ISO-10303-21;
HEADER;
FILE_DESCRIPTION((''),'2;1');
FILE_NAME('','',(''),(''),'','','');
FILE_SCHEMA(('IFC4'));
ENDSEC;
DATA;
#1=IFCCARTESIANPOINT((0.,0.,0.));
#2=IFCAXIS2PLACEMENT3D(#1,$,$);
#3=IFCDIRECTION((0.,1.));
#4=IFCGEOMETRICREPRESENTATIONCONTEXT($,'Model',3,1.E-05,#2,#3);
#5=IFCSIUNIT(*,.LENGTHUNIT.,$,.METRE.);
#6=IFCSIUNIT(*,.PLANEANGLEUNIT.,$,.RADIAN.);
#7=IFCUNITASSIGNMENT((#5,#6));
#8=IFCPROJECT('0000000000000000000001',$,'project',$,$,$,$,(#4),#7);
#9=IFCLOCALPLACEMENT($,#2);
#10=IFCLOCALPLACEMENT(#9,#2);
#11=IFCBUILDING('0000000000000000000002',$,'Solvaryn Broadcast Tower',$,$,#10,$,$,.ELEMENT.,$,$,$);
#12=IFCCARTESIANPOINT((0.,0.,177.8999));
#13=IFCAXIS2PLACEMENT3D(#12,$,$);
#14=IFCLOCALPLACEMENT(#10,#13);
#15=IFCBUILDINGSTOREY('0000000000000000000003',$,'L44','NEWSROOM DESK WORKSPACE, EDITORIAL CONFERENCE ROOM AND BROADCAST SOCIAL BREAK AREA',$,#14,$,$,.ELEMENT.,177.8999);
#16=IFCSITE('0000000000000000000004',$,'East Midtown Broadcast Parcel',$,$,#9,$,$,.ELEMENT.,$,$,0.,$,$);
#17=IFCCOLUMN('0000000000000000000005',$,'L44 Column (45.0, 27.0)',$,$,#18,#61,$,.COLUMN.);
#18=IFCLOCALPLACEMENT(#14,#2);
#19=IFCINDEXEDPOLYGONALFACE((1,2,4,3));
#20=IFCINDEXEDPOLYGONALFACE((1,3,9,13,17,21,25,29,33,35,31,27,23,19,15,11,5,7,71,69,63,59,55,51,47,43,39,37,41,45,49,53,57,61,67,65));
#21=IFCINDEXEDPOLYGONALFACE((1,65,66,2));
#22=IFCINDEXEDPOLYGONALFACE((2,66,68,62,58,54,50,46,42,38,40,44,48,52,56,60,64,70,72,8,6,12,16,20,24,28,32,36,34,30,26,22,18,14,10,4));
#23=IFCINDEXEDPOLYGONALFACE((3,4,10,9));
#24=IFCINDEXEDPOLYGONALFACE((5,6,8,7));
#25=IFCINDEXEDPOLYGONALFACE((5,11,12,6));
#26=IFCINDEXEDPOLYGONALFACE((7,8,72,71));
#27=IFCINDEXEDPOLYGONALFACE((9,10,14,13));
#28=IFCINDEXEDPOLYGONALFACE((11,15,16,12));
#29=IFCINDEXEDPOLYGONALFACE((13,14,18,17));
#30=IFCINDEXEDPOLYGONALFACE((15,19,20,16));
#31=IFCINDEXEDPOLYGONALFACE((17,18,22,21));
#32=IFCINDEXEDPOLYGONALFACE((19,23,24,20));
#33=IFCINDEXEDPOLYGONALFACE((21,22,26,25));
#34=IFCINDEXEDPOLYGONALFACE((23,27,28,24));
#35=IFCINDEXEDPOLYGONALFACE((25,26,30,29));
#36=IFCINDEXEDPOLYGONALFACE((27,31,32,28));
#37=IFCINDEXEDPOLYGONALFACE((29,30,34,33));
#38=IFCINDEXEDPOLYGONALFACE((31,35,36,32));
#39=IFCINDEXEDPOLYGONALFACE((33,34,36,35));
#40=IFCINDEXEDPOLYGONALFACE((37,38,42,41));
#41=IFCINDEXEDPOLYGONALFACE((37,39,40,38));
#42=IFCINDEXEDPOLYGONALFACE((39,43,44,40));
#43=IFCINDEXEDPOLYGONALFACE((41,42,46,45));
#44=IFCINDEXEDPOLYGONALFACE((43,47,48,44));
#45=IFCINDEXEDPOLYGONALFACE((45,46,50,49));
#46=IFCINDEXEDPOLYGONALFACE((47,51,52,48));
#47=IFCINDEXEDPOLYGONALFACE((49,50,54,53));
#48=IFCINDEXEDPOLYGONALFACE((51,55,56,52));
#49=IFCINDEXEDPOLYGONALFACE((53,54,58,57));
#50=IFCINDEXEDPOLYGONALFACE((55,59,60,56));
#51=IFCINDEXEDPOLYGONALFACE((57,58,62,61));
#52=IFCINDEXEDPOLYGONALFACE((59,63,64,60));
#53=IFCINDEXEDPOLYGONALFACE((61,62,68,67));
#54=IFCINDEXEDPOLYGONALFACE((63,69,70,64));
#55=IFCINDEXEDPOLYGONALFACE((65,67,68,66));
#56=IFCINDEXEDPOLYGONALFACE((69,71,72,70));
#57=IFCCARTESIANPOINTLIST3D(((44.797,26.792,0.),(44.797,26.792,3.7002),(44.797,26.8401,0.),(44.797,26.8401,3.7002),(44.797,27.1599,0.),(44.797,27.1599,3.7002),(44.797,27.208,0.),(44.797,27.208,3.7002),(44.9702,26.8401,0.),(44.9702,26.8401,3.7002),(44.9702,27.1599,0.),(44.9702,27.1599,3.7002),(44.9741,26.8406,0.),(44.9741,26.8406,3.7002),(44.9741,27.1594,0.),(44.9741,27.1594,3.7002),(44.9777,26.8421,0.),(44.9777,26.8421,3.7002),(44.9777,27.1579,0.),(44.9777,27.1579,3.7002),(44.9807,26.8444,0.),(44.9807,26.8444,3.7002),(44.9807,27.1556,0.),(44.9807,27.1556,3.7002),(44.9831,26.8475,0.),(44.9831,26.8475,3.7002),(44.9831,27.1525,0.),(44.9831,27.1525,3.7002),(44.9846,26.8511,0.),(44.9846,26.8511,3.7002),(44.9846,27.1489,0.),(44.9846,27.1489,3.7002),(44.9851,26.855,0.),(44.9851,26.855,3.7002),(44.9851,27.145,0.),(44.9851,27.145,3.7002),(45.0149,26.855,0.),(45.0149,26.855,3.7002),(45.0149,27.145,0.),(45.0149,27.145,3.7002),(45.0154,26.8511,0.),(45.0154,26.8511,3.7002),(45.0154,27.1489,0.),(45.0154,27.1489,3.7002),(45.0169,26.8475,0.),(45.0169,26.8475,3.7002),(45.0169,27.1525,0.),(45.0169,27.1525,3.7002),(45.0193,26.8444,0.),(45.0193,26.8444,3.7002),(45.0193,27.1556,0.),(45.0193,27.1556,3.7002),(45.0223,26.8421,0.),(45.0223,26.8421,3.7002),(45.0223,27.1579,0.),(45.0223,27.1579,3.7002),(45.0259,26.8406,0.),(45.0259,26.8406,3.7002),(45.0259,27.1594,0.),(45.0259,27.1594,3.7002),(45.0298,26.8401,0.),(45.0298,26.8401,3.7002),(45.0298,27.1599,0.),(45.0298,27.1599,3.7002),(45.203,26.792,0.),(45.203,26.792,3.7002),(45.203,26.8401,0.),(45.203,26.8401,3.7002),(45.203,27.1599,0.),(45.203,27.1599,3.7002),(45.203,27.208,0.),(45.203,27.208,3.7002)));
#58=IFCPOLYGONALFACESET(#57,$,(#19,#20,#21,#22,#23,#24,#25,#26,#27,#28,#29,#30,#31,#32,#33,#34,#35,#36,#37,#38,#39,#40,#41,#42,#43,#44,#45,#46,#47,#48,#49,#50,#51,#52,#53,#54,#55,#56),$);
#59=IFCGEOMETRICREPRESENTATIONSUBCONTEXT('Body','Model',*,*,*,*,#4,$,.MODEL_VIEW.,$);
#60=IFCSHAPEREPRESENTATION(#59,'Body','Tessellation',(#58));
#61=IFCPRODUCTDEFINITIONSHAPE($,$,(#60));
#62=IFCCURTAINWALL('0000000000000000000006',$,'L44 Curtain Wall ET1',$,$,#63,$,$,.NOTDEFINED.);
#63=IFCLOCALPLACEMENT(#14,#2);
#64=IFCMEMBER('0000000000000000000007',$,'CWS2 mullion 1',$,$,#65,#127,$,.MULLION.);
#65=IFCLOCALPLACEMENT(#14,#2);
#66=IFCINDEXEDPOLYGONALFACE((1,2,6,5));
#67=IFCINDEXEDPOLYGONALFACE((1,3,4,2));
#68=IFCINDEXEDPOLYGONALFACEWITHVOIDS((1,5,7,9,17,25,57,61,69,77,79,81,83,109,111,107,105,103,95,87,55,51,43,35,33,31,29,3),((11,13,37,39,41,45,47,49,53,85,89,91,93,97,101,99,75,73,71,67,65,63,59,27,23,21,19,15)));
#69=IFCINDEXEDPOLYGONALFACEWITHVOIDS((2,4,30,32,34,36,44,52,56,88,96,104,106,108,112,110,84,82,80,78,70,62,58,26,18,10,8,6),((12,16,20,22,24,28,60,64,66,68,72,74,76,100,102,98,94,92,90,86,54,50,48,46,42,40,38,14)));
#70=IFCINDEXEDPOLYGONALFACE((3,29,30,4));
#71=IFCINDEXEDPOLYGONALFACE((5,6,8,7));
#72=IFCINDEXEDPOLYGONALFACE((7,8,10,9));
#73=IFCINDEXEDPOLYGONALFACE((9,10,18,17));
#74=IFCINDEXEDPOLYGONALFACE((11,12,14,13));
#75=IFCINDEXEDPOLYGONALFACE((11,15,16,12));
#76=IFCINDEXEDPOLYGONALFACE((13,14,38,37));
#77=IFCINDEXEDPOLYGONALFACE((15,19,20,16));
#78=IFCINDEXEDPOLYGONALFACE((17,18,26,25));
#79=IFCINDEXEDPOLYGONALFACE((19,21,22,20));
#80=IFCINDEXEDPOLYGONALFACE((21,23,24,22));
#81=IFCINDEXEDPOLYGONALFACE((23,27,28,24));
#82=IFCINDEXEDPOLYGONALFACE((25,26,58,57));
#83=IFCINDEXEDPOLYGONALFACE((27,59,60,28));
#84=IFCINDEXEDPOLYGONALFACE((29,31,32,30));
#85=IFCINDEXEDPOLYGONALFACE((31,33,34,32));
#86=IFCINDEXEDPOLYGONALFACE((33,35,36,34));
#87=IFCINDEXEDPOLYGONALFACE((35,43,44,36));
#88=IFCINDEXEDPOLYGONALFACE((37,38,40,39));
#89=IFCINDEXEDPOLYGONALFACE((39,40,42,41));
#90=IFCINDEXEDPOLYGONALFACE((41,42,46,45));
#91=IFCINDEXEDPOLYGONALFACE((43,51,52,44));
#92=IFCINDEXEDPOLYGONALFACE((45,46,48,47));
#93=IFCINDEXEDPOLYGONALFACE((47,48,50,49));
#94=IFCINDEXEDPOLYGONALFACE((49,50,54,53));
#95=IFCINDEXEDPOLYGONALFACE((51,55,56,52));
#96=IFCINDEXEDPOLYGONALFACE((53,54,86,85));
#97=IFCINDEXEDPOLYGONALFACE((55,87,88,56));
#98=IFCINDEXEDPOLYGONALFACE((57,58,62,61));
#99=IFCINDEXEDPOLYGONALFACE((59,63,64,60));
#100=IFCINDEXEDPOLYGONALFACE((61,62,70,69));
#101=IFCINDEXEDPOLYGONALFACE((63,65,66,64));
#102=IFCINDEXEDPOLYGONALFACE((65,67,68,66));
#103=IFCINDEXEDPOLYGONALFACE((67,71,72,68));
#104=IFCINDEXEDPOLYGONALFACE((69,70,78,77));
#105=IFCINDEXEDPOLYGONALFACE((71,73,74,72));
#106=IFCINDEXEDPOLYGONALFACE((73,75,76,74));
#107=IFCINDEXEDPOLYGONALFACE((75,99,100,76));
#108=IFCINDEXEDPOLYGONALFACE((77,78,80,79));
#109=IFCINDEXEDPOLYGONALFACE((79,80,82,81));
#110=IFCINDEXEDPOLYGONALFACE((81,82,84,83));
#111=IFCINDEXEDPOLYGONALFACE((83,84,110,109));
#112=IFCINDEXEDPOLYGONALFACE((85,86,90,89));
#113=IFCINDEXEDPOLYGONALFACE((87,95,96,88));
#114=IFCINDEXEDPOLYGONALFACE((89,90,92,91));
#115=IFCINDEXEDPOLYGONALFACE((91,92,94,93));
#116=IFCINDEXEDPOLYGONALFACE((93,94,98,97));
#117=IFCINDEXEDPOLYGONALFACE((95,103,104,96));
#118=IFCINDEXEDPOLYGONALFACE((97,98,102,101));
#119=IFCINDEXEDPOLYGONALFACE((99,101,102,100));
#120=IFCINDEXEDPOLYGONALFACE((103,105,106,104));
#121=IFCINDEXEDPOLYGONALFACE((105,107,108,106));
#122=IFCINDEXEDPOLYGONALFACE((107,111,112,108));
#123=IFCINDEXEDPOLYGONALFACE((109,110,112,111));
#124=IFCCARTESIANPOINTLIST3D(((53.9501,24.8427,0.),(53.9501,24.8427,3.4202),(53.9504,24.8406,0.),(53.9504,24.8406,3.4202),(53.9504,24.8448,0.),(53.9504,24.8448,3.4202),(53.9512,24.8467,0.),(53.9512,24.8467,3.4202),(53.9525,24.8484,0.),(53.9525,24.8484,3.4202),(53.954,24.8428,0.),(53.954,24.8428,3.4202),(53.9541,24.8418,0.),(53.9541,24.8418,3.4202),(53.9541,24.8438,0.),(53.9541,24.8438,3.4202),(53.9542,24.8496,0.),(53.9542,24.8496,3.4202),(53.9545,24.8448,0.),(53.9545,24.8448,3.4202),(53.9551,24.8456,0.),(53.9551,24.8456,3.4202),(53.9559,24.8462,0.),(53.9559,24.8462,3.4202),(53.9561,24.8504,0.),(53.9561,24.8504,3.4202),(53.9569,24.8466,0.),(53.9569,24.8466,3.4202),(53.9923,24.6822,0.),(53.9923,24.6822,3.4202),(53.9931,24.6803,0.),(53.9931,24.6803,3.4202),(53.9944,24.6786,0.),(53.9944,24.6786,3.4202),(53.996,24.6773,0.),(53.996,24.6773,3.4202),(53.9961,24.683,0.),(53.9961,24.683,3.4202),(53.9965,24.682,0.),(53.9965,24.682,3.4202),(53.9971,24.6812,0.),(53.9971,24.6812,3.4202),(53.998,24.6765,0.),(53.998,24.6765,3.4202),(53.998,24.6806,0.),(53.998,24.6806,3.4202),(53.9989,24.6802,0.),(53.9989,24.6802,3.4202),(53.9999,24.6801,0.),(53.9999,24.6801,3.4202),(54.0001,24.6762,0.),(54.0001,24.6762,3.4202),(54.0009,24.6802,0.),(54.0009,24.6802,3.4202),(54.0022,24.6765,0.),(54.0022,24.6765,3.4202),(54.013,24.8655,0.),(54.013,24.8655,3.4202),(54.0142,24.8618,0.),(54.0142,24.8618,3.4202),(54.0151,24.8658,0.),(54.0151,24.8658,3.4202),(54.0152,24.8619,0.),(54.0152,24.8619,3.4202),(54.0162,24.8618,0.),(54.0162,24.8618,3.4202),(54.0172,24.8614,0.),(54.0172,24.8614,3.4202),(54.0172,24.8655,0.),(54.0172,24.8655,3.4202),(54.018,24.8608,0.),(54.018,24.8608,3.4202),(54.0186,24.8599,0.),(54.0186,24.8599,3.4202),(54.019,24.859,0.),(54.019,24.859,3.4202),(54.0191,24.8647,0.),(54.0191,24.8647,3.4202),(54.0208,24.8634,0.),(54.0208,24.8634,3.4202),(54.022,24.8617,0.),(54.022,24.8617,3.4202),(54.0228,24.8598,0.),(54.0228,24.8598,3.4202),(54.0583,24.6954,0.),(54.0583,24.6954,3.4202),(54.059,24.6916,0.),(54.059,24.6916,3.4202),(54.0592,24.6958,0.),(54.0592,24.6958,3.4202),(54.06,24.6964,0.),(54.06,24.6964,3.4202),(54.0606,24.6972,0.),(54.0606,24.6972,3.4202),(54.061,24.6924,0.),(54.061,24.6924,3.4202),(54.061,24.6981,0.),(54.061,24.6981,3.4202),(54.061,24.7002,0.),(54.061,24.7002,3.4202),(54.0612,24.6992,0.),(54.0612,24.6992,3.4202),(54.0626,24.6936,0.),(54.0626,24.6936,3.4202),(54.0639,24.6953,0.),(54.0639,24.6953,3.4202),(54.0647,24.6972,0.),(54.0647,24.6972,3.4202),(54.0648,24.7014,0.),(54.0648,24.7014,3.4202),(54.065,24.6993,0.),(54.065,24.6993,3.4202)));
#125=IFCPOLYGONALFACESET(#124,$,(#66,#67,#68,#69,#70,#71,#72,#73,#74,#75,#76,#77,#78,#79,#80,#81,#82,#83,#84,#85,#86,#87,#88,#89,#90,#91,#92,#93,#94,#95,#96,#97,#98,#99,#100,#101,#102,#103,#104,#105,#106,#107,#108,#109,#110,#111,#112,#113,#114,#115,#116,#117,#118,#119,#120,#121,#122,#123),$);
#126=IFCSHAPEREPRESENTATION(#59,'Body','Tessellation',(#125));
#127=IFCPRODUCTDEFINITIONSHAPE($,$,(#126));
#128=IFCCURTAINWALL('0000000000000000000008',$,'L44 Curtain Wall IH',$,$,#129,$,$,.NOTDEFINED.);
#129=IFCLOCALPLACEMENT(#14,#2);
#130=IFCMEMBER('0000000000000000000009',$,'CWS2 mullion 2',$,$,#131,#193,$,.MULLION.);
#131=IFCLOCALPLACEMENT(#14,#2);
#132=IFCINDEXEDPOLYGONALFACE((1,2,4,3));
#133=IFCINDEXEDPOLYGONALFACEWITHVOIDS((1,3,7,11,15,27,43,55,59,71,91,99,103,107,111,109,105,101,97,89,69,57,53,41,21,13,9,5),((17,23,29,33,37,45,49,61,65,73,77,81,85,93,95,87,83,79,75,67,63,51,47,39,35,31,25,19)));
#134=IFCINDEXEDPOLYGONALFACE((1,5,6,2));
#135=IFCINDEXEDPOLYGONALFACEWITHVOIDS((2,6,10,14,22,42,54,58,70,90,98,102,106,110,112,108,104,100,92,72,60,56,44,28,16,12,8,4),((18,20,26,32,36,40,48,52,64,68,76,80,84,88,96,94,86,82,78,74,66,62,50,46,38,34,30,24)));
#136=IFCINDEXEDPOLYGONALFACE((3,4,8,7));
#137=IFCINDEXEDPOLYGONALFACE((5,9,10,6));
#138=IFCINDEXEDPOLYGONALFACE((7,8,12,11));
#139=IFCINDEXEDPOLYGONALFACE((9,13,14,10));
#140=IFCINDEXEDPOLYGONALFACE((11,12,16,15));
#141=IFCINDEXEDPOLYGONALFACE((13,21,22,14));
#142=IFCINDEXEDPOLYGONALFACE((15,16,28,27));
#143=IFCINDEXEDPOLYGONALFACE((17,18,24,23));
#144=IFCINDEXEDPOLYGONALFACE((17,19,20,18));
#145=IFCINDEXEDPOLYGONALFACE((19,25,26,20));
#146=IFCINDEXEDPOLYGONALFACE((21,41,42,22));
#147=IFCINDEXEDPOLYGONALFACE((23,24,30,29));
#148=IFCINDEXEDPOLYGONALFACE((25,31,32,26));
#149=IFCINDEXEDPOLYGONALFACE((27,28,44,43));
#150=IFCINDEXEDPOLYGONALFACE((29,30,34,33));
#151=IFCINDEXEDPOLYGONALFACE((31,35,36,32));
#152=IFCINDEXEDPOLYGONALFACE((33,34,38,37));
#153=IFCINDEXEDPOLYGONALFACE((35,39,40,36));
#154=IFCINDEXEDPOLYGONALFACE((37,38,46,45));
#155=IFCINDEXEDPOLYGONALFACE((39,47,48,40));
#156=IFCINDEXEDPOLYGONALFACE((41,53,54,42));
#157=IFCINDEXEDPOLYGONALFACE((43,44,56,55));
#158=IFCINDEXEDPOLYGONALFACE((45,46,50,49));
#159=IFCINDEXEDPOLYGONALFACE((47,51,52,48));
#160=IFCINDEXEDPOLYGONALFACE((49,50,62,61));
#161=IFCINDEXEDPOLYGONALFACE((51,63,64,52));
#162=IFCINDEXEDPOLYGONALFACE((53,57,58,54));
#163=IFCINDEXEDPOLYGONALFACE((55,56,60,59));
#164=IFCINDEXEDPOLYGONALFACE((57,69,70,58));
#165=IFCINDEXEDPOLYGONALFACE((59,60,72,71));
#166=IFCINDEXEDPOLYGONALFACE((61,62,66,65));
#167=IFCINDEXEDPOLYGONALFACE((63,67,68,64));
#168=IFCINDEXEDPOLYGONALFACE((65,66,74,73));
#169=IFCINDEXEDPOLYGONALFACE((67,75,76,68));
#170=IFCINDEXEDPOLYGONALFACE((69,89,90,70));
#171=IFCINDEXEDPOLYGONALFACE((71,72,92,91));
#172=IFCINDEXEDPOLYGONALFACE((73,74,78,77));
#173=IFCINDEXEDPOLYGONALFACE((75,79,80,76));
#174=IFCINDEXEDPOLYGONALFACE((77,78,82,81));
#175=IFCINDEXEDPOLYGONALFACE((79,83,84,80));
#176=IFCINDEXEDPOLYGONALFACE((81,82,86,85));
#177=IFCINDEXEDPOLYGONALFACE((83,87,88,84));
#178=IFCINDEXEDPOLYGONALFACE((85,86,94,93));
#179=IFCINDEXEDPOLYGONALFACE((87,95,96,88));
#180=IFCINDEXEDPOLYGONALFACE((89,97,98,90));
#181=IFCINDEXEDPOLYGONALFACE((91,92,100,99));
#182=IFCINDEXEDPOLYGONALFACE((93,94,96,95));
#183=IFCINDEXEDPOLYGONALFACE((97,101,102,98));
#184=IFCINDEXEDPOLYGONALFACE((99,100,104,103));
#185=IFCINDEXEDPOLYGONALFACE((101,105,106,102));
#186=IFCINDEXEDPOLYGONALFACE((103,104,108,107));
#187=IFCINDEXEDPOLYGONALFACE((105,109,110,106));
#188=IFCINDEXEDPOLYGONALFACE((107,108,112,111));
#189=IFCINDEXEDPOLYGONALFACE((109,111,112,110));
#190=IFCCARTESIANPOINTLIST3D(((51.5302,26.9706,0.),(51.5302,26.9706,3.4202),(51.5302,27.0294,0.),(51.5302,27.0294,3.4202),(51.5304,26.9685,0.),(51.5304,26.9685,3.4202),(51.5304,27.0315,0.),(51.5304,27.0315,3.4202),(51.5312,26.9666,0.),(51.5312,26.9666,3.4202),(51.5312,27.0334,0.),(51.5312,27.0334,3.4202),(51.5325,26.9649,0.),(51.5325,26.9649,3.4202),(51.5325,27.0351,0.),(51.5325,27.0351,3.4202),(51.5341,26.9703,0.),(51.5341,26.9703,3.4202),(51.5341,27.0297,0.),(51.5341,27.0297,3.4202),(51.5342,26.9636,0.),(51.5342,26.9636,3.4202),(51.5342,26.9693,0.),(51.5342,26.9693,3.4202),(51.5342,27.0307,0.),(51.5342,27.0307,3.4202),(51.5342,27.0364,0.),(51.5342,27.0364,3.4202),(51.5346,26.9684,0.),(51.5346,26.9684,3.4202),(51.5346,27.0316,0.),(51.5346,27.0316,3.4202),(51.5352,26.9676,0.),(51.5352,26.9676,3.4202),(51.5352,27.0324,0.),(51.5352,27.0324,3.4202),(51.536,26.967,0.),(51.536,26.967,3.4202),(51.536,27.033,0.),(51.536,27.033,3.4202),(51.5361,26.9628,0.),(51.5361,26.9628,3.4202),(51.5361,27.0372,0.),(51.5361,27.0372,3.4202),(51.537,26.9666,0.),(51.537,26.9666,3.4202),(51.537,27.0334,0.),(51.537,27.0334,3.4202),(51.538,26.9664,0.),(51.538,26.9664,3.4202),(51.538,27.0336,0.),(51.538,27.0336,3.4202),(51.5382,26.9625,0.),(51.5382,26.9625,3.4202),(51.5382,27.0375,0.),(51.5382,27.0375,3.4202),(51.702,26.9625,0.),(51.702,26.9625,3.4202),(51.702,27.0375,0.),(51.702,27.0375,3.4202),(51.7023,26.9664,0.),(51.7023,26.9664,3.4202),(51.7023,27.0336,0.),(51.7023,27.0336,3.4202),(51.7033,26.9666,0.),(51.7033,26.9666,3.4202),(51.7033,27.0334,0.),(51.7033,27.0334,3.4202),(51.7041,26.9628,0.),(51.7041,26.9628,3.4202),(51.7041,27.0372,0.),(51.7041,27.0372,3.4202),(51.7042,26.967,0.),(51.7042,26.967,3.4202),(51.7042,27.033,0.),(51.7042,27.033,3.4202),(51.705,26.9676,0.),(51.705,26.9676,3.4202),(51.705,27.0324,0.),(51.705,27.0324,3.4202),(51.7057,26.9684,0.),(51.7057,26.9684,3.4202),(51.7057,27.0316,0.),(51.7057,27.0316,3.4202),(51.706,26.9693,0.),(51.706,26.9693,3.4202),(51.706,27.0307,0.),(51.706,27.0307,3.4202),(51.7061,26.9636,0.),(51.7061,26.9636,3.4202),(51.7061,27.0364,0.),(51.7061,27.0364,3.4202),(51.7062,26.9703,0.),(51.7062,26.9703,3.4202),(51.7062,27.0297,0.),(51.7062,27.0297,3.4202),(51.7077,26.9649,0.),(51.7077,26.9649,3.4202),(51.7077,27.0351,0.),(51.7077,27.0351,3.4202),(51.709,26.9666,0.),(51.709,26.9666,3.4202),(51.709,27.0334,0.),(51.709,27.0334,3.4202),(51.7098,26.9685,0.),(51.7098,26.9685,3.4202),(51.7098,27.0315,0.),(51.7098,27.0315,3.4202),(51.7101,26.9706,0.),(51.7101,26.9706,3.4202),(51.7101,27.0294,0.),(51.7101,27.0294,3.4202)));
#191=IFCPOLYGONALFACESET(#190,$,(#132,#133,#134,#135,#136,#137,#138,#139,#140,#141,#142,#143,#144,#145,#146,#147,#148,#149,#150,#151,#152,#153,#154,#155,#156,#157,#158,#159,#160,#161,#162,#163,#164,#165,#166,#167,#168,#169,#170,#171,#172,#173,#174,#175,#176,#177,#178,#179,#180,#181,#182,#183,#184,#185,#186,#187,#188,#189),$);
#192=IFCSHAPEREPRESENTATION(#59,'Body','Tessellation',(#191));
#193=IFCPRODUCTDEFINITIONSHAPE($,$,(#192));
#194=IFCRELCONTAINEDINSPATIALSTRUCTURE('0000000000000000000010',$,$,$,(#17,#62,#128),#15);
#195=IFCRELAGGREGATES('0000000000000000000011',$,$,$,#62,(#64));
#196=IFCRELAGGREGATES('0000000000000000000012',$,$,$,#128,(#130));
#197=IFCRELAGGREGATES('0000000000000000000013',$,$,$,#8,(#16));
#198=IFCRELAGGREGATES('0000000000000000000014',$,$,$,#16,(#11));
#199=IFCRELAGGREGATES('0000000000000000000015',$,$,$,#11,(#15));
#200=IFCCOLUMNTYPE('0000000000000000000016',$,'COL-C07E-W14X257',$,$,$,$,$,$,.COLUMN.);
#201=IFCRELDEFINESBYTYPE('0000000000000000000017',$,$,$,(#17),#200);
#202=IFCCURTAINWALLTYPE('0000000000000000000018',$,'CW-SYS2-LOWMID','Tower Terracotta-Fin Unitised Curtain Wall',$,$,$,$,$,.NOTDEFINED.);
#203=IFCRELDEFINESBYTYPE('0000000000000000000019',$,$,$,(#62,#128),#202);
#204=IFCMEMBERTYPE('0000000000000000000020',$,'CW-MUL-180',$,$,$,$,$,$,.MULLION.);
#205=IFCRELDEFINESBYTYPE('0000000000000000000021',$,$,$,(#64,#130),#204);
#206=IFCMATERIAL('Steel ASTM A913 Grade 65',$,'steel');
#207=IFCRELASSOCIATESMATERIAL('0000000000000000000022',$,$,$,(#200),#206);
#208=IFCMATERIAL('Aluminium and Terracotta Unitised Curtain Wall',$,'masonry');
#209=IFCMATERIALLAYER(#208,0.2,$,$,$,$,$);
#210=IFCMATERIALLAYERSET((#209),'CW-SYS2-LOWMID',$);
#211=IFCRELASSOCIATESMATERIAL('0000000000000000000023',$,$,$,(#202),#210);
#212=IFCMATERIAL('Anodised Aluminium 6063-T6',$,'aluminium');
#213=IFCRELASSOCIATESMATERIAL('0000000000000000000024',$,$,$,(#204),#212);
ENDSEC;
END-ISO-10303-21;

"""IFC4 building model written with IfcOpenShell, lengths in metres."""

from ifc_helpers import new_model, si_unit, direction, frame, origin, origin_2d, place, context, subcontext, project, spatial, hollow_rectangle, i_section, extrude, material, layer, layer_set, material_profile, profile_set, type_object, element, aggregate, save


model = new_model("IFC4")

# Units and contexts
model_context = context("Model", 3, precision=1e-05, world=origin(), true_north=direction((0.0, 1.0)))
body_context = subcontext(model_context, "Body", "Model", "MODEL_VIEW")
ifc_project = project(units=[si_unit("LENGTHUNIT", "METRE"), si_unit("PLANEANGLEUNIT", "RADIAN")], contexts=[model_context])

# Site, building, storey
site_placement = place(None, origin())
site = spatial("IfcSite", under=ifc_project, at=site_placement, Name="East Midtown Broadcast Parcel", CompositionType="ELEMENT", RefElevation=0.0)
building_placement = place(site_placement, origin())
building = spatial("IfcBuilding", under=site, at=building_placement, Name="Solvaryn Broadcast Tower", CompositionType="ELEMENT")
storey_placement = place(building_placement, frame((0.0, 0.0, 177.8999)))
storey = spatial("IfcBuildingStorey", under=building, at=storey_placement, Name="L44", Description="NEWSROOM DESK WORKSPACE, EDITORIAL CONFERENCE ROOM AND BROADCAST SOCIAL BREAK AREA", CompositionType="ELEMENT", Elevation=177.8999)

# Column
ifc_material_1 = material(Name="Steel ASTM A913 Grade 65", Category="steel")
ifc_material_profile_1 = material_profile(ifc_material_1, i_section(OverallWidth=0.406, OverallDepth=0.416, WebThickness=0.0298, FlangeThickness=0.0481, FilletRadius=0.0149, at=origin_2d()))
ifc_profile_set_1 = profile_set([ifc_material_profile_1], Name="Steel ASTM A913 Grade 65")
column_type = type_object("IfcColumnType", Name="COL-C07E-W14X257", PredefinedType="COLUMN", material=ifc_profile_set_1)
column_placement = place(storey_placement, frame((45.0, 27.0, 0.0), z_axis=(0.0, 0.0, 1.0), x_axis=(1.0, 0.0, 0.0)))
element("IfcColumn", 1, at=column_placement, inside=storey, type_object=column_type, Name="L44 Column (45.0, 27.0)", PredefinedType="COLUMN", context=body_context, shape_type="SweptSolid", body=[
    extrude(i_section(OverallWidth=0.406, OverallDepth=0.416, WebThickness=0.0298, FlangeThickness=0.0481, FilletRadius=0.0149, at=origin_2d()), origin(), (0.0, 0.0, 1.0), 3.7002),
])

# Curtain walls, members
ifc_material_2 = material(Name="Aluminium and Terracotta Unitised Curtain Wall", Category="masonry")
ifc_layer_1 = layer(ifc_material_2, 0.2)
ifc_layer_set_1 = layer_set([ifc_layer_1], Name="CW-SYS2-LOWMID")
curtain_wall_type = type_object("IfcCurtainWallType", Name="CW-SYS2-LOWMID", Description="Tower Terracotta-Fin Unitised Curtain Wall", PredefinedType="NOTDEFINED", material=ifc_layer_set_1)
curtain_wall_1_placement = place(storey_placement, origin())
curtain_wall_1 = element("IfcCurtainWall", 2, at=curtain_wall_1_placement, inside=storey, type_object=curtain_wall_type, Name="L44 Curtain Wall ET1", PredefinedType="NOTDEFINED")
ifc_material_3 = material(Name="Anodised Aluminium 6063-T6", Category="aluminium")
ifc_material_profile_2 = material_profile(ifc_material_3, hollow_rectangle(XDim=0.075, YDim=0.1799, WallThickness=0.0039, InnerFilletRadius=0.0039, OuterFilletRadius=0.0081, at=origin_2d()))
ifc_profile_set_2 = profile_set([ifc_material_profile_2], Name="Anodised Aluminium 6063-T6")
member_type_1 = type_object("IfcMemberType", Name="CW-MUL-180", PredefinedType="MULLION", material=ifc_profile_set_2)
member_1_placement = place(storey_placement, frame((54.0076, 24.771, 0.0), z_axis=(0.0, 0.0, 1.0), x_axis=(0.966705, 0.255893, 0.0)))
member_1 = element("IfcMember", 3, at=member_1_placement, type_object=member_type_1, Name="CWS2 mullion 1", PredefinedType="MULLION", context=body_context, shape_type="SweptSolid", body=[
    extrude(hollow_rectangle(XDim=0.075, YDim=0.1799, WallThickness=0.0039, InnerFilletRadius=0.0039, OuterFilletRadius=0.0081, at=origin_2d()), origin(), (0.0, 0.0, 1.0), 3.4202),
])
curtain_wall_2_placement = place(storey_placement, origin())
curtain_wall_2 = element("IfcCurtainWall", 4, at=curtain_wall_2_placement, inside=storey, type_object=curtain_wall_type, Name="L44 Curtain Wall IH", PredefinedType="NOTDEFINED")
member_2_placement = place(storey_placement, frame((51.6201, 27.0, 0.0), z_axis=(0.0, 0.0, 1.0), x_axis=(0.0, 1.0, 0.0)))
member_2 = element("IfcMember", 5, at=member_2_placement, type_object=member_type_1, Name="CWS2 mullion 2", PredefinedType="MULLION", context=body_context, shape_type="SweptSolid", body=[
    extrude(hollow_rectangle(XDim=0.075, YDim=0.1799, WallThickness=0.0039, InnerFilletRadius=0.0039, OuterFilletRadius=0.0081, at=origin_2d()), origin(), (0.0, 0.0, 1.0), 3.4202),
])

aggregate(curtain_wall_1, [member_1])
aggregate(curtain_wall_2, [member_2])

save(model, "model.ifc")
